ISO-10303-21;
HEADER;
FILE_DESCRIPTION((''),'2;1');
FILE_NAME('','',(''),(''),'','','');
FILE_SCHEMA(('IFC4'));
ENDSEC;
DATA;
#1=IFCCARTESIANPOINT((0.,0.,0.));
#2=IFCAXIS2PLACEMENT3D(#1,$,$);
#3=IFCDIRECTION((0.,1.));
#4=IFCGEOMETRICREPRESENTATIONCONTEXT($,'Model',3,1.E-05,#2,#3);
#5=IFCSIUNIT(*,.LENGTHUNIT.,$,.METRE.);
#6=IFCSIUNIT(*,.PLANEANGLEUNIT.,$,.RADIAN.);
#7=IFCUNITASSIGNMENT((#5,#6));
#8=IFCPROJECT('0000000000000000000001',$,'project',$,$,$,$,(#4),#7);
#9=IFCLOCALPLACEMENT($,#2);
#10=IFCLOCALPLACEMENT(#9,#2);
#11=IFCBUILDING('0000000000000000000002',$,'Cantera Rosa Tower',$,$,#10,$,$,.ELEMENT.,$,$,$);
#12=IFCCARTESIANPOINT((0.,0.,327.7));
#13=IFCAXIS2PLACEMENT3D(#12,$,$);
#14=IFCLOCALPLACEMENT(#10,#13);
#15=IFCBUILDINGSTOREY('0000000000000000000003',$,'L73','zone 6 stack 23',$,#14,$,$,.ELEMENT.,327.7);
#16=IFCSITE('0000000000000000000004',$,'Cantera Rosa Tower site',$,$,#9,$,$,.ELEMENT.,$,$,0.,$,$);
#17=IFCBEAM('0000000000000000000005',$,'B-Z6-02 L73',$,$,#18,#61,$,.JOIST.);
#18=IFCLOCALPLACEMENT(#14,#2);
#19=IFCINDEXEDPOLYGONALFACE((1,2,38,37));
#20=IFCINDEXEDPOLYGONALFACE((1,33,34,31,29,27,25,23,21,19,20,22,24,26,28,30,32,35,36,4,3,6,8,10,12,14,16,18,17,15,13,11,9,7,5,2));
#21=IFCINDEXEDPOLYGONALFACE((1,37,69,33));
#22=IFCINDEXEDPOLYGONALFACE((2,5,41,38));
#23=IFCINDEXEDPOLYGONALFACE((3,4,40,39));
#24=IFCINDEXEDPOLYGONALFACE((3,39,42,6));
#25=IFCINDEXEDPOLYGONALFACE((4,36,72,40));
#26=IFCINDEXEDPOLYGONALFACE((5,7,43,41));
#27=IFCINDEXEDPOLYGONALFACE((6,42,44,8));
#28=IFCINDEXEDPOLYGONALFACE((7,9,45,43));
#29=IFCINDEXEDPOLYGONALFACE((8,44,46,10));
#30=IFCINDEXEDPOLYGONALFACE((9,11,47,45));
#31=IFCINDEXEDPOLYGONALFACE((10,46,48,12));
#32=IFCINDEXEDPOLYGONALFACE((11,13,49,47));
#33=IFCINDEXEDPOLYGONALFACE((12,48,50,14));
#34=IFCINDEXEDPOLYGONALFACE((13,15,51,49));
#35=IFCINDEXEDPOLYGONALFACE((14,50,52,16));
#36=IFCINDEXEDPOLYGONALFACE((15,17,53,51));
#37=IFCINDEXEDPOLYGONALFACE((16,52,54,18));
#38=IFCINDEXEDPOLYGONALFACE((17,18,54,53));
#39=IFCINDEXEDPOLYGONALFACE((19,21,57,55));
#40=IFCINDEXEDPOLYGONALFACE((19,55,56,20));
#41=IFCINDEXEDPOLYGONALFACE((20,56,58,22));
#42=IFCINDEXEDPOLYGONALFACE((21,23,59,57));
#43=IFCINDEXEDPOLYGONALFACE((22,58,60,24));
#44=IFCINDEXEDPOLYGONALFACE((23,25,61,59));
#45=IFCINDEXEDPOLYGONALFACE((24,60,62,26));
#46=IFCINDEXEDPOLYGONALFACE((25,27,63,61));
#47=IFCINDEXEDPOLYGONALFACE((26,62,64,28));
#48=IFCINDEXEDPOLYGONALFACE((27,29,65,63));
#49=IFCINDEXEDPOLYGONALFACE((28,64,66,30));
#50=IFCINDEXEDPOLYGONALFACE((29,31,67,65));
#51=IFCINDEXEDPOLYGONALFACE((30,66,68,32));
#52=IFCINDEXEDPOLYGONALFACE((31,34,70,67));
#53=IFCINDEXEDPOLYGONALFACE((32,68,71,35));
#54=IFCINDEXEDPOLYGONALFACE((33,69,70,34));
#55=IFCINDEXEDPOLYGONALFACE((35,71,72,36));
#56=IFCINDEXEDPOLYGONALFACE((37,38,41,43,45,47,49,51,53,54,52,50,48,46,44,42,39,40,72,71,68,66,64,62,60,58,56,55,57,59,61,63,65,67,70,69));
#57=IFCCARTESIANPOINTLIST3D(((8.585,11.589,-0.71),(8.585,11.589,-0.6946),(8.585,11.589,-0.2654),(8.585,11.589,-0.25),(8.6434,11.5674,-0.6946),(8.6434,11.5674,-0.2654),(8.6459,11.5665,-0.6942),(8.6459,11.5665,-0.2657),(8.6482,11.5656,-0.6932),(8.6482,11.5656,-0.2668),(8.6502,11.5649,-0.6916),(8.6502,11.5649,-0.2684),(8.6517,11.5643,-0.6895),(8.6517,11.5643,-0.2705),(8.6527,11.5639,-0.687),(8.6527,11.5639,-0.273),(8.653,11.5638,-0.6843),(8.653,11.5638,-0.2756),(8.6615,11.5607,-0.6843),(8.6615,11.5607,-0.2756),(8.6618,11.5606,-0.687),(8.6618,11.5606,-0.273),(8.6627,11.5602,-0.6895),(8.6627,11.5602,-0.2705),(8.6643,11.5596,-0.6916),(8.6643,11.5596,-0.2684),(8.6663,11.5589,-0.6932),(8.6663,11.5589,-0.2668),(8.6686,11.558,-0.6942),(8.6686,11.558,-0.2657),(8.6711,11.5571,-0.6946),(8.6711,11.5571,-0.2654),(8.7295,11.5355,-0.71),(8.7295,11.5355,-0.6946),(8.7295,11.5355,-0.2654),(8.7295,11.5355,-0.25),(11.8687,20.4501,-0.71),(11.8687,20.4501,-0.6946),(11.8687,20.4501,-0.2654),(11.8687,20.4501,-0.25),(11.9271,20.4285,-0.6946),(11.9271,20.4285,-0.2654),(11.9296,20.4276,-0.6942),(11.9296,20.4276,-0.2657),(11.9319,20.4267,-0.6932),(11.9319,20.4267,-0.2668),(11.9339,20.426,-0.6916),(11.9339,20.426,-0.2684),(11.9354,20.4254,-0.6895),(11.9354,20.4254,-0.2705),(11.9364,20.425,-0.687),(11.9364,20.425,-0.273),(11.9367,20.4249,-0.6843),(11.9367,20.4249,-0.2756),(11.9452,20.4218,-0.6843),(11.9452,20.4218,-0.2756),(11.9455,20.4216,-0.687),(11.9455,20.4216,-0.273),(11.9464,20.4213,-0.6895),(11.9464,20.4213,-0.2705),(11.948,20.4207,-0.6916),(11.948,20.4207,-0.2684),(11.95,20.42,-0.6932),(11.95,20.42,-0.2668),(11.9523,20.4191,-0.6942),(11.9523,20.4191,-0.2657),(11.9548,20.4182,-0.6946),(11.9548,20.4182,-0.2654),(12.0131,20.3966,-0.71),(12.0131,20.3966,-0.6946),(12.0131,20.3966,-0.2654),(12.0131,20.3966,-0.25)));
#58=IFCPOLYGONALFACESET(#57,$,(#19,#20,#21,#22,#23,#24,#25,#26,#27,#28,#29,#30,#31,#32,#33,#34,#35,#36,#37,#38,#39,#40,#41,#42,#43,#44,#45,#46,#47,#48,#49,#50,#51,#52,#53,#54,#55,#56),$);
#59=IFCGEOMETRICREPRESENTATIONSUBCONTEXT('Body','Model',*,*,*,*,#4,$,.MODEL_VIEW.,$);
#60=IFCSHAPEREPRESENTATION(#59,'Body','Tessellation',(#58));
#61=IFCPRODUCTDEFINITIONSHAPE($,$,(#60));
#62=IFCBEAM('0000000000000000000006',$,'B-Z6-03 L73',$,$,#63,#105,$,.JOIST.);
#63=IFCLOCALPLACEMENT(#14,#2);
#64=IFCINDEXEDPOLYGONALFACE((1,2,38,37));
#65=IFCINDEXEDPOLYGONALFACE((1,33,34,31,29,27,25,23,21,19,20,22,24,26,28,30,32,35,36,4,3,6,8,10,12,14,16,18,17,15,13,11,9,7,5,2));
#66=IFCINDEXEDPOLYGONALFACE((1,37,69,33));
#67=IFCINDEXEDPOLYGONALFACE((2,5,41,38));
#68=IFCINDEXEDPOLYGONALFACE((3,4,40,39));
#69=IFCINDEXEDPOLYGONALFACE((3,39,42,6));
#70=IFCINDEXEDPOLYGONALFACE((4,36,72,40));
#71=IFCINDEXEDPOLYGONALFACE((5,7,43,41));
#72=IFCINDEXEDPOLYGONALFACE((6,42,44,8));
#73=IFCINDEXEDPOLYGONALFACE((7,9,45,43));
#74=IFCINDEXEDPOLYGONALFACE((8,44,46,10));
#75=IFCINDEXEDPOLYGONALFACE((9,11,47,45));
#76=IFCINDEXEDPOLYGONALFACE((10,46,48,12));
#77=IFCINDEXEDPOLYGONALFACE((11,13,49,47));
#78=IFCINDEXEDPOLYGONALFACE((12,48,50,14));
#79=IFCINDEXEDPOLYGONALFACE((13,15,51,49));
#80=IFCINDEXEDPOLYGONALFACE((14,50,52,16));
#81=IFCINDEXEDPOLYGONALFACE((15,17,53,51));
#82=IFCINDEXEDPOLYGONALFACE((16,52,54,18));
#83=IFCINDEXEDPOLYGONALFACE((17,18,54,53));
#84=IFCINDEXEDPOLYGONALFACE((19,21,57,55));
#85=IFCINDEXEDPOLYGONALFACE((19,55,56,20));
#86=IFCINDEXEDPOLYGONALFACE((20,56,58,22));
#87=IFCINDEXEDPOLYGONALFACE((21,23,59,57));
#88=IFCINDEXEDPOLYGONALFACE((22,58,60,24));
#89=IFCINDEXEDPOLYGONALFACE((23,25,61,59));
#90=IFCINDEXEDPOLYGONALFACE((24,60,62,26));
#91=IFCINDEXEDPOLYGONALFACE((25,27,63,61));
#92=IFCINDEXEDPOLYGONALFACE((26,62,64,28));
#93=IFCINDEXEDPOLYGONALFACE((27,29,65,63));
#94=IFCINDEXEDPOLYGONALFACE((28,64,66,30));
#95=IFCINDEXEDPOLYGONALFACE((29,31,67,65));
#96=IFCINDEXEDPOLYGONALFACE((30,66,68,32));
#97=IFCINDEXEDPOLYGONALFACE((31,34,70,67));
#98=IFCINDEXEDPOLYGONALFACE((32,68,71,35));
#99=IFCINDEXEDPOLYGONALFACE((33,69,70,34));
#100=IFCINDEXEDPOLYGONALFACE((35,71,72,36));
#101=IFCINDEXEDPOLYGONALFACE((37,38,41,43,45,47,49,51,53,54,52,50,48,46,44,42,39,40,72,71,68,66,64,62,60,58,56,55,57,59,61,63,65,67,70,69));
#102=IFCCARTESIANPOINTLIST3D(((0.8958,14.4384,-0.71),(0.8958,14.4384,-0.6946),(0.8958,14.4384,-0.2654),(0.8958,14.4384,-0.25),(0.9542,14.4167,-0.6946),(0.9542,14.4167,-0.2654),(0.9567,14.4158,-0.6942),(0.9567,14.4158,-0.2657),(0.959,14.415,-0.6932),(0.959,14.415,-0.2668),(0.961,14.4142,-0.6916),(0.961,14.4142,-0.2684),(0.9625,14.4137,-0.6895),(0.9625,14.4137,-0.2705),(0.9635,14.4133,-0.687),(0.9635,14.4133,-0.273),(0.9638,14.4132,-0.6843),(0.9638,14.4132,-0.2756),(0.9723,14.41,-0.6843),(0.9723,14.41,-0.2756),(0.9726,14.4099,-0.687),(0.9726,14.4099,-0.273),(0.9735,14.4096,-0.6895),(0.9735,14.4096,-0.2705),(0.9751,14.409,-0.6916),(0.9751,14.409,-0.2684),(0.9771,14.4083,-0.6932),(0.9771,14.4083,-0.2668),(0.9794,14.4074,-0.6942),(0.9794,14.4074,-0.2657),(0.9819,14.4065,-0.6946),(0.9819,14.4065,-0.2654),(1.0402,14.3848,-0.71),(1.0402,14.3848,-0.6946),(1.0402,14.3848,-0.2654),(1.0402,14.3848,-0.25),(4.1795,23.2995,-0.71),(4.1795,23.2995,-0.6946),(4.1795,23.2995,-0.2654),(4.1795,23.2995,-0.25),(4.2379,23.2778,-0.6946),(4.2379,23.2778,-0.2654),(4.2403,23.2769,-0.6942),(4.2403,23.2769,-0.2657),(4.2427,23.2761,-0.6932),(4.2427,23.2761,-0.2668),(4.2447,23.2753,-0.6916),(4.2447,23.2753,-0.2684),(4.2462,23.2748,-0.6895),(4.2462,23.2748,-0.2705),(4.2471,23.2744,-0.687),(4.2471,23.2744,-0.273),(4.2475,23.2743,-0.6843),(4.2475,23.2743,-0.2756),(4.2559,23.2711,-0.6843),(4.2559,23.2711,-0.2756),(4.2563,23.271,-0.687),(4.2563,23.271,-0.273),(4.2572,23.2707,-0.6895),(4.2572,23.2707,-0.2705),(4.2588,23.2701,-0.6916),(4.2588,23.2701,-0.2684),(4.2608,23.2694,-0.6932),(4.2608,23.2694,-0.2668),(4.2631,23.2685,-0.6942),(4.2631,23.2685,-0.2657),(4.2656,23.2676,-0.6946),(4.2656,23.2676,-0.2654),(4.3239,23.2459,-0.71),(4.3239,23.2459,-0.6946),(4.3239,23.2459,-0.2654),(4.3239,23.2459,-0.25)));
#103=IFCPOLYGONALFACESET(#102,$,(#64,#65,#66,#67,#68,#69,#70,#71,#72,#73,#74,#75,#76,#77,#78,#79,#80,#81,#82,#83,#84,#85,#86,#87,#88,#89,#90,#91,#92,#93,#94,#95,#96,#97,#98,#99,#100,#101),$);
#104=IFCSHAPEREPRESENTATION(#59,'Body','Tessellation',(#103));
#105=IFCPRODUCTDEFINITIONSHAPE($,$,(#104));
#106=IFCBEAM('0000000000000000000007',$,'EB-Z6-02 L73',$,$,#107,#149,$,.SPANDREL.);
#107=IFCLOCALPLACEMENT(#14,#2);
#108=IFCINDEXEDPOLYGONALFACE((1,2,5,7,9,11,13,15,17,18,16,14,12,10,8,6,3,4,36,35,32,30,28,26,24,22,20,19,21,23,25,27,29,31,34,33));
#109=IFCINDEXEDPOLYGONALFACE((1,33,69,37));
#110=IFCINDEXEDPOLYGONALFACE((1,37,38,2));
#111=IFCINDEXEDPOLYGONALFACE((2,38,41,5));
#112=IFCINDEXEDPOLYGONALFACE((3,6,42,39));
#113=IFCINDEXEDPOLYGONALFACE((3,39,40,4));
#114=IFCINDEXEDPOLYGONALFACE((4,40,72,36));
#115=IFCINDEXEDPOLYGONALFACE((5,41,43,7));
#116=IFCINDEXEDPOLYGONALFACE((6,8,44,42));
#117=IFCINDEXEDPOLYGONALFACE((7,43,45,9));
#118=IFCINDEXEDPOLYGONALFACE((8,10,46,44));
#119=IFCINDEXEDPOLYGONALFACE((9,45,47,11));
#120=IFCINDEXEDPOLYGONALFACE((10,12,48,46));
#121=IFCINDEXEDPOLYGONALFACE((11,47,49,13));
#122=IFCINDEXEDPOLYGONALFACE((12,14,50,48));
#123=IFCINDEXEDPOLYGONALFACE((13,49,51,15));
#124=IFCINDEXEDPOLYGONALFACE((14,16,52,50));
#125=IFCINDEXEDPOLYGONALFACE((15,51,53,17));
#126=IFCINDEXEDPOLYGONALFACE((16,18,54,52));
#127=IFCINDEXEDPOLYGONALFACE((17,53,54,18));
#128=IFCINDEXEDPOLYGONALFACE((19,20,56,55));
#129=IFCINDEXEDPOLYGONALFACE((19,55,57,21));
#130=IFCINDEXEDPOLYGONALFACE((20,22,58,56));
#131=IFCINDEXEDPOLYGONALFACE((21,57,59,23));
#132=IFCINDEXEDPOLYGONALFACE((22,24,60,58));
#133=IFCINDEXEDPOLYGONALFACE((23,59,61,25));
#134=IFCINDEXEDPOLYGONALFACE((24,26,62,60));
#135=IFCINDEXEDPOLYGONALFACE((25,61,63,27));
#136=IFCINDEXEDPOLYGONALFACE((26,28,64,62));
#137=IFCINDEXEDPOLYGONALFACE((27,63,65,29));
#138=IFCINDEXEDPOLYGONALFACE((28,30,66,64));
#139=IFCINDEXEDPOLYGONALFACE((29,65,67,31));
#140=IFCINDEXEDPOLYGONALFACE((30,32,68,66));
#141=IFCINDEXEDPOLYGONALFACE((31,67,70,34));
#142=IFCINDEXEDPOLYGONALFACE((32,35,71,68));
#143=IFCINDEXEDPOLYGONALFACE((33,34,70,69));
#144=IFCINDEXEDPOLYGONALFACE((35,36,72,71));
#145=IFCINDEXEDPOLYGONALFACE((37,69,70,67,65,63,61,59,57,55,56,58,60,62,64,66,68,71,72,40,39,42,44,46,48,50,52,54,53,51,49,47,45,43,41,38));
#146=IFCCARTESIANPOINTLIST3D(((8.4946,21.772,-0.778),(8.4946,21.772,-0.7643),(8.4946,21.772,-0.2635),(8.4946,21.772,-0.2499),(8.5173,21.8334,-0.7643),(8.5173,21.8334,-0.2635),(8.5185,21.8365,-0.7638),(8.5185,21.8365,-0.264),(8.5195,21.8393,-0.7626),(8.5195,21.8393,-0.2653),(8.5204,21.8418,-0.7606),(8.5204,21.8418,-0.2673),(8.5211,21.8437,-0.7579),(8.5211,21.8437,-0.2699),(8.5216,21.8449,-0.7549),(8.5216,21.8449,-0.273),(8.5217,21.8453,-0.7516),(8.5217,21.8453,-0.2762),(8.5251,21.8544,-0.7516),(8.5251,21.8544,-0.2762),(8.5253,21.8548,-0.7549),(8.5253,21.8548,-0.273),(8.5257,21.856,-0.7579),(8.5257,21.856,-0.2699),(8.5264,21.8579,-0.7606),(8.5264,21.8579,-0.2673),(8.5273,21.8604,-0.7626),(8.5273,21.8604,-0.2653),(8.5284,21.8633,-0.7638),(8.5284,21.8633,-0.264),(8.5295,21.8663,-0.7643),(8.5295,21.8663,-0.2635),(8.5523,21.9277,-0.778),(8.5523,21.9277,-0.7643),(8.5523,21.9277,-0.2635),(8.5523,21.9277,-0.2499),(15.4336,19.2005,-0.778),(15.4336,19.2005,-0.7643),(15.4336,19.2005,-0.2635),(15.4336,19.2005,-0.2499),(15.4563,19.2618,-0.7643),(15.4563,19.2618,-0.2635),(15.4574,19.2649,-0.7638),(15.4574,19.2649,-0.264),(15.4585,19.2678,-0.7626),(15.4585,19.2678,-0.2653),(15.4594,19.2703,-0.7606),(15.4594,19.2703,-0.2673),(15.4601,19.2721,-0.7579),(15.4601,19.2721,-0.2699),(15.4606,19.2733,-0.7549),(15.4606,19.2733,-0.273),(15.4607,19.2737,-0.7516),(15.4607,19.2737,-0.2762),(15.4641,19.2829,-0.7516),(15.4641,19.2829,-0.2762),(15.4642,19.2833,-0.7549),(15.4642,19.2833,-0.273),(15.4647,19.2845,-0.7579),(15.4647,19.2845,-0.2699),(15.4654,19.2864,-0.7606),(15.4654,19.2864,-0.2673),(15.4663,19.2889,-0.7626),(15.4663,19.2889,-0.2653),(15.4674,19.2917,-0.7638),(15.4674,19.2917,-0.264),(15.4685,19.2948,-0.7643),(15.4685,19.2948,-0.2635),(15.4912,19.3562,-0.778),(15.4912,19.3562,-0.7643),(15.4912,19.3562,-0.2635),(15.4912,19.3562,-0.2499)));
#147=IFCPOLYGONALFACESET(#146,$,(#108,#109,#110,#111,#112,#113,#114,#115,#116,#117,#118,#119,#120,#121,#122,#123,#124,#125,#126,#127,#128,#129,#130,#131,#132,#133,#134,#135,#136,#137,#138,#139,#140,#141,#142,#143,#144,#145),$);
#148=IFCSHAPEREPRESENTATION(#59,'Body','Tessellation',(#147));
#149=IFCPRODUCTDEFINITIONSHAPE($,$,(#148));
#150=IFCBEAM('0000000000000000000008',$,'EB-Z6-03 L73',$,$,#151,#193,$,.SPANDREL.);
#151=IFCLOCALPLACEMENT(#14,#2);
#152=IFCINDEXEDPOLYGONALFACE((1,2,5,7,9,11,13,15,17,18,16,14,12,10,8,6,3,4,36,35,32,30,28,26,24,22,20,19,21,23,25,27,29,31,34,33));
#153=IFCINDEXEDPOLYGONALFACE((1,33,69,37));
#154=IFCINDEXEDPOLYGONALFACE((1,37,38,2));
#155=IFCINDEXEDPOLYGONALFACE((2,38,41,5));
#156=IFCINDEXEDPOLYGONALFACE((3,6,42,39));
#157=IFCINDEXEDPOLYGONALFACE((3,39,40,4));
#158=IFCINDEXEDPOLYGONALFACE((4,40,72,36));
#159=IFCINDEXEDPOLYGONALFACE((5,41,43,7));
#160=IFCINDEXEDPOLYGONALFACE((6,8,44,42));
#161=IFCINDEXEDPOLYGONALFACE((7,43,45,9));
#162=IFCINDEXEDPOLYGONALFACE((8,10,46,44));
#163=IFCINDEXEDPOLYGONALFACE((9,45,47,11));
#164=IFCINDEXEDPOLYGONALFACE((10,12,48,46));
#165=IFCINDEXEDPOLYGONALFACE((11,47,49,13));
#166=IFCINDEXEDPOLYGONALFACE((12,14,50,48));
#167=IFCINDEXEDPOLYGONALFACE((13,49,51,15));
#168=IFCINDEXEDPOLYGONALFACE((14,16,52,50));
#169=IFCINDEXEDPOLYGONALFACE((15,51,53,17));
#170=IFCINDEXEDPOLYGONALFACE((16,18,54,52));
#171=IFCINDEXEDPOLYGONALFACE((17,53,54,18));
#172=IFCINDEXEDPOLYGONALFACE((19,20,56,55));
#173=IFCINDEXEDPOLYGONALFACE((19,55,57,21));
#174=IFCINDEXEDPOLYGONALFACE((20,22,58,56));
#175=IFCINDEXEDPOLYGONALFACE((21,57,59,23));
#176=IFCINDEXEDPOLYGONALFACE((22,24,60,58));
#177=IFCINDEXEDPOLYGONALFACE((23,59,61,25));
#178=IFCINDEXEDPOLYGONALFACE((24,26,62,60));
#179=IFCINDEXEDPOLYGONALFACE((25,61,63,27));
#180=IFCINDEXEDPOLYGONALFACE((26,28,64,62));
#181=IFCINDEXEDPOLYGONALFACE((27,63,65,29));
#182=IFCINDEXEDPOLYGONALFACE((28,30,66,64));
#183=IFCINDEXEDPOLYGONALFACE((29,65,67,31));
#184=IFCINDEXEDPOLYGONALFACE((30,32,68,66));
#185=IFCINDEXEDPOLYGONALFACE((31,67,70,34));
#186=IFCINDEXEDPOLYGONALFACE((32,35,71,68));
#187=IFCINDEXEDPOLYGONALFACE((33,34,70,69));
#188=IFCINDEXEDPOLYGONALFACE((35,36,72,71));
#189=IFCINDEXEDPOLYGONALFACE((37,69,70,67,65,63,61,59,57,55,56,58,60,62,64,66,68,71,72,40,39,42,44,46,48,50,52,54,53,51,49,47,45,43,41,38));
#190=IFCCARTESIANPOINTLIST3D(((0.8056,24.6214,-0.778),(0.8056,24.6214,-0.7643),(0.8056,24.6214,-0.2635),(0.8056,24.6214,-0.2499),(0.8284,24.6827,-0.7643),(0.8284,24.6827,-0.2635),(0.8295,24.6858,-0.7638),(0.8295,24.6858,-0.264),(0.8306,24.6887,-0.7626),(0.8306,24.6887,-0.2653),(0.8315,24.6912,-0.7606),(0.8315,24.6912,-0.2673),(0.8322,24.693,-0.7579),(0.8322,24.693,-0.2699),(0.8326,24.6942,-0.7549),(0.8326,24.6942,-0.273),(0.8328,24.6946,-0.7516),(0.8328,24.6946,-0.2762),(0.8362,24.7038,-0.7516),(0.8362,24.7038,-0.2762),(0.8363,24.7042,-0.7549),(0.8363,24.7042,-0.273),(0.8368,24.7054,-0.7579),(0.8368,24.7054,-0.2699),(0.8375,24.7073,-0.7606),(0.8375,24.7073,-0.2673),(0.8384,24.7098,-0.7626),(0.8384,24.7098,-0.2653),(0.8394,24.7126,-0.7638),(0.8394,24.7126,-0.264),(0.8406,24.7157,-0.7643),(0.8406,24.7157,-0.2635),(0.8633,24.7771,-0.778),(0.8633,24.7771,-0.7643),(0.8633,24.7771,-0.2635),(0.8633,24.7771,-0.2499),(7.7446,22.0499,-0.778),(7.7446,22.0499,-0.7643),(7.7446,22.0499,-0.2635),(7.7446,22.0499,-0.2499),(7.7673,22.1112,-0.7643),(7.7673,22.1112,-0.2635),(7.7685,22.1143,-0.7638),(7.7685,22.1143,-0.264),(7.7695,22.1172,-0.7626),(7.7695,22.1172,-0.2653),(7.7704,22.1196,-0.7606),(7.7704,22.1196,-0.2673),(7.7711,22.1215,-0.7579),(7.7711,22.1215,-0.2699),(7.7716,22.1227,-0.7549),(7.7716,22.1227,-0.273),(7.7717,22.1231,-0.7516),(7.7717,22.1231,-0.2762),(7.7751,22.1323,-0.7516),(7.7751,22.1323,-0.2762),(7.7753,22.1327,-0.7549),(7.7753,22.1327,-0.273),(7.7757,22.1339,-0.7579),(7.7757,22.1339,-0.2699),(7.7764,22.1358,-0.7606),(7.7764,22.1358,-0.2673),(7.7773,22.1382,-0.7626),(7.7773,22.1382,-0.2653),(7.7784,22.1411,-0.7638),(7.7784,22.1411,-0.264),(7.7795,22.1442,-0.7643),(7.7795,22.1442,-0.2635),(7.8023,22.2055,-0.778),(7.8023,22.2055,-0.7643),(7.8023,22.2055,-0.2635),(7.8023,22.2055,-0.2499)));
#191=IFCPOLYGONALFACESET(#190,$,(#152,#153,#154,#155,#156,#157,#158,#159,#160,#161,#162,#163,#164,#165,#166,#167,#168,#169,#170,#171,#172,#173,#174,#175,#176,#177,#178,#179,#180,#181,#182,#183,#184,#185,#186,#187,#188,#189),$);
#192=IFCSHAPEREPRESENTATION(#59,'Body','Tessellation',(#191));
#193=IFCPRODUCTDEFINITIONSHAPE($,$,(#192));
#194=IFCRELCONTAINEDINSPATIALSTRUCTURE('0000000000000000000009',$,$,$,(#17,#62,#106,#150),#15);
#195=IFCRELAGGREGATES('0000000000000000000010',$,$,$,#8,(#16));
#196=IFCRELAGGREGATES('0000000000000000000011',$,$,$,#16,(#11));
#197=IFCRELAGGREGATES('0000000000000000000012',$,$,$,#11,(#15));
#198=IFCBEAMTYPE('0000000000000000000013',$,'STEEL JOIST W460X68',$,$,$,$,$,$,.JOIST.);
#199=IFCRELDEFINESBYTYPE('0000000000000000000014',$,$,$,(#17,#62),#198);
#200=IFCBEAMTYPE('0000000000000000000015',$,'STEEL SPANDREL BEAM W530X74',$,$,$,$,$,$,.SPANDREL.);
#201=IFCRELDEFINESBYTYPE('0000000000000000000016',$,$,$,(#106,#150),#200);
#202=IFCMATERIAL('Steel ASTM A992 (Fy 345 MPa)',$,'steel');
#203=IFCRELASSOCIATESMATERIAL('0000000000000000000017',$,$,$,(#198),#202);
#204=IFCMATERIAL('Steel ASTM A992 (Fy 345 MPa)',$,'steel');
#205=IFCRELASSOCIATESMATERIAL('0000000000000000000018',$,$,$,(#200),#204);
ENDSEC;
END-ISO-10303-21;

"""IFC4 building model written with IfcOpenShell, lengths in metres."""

from ifc_helpers import new_model, si_unit, direction, frame, origin, origin_2d, place, context, subcontext, project, spatial, i_section, extrude, material, material_profile, profile_set, type_object, element, save


model = new_model("IFC4")

# Units and contexts
model_context = context("Model", 3, precision=1e-05, world=origin(), true_north=direction((0.0, 1.0)))
body_context = subcontext(model_context, "Body", "Model", "MODEL_VIEW")
ifc_project = project(units=[si_unit("LENGTHUNIT", "METRE"), si_unit("PLANEANGLEUNIT", "RADIAN")], contexts=[model_context])

# Site, building, storey
site_placement = place(None, origin())
site = spatial("IfcSite", under=ifc_project, at=site_placement, Name="Cantera Rosa Tower site", CompositionType="ELEMENT", RefElevation=0.0)
building_placement = place(site_placement, origin())
building = spatial("IfcBuilding", under=site, at=building_placement, Name="Cantera Rosa Tower", CompositionType="ELEMENT")
storey_placement = place(building_placement, frame((0.0, 0.0, 327.7)))
storey = spatial("IfcBuildingStorey", under=building, at=storey_placement, Name="L73", Description="zone 6 stack 23", CompositionType="ELEMENT", Elevation=327.7)

# Beams
ifc_material_1 = material(Name="Steel ASTM A992 (Fy 345 MPa)", Category="steel")
ifc_material_profile_1 = material_profile(ifc_material_1, i_section(OverallWidth=0.1541, OverallDepth=0.46, WebThickness=0.009, FlangeThickness=0.0154, FilletRadius=0.0103, at=origin_2d()), Name="W460X68")
ifc_profile_set_1 = profile_set([ifc_material_profile_1], Name="Steel ASTM A992 (Fy 345 MPa)")
beam_type_1 = type_object("IfcBeamType", Name="STEEL JOIST W460X68", PredefinedType="JOIST", material=ifc_profile_set_1)
for number, where, z_axis, x_axis, name in (
    (1, (11.9409, 20.4233, -0.48), (-0.347483, -0.937686, 0.0), (0.937686, -0.347483, 0.0), "B-Z6-02 L73"),
    (2, (4.2517, 23.2727, -0.48), (-0.347483, -0.937686, 0.0), (0.937686, -0.347483, 0.0), "B-Z6-03 L73"),
):
    element("IfcBeam", number, at=place(storey_placement, frame(where, z_axis=z_axis, x_axis=x_axis)), inside=storey, type_object=beam_type_1, Name=name, PredefinedType="JOIST", context=body_context, shape_type="SweptSolid", body=[
        extrude(i_section(OverallWidth=0.1541, OverallDepth=0.46, WebThickness=0.009, FlangeThickness=0.0154, FilletRadius=0.0103, at=origin_2d()), origin(), (0.0, 0.0, 1.0), 9.45),
    ])
ifc_material_2 = material(Name="Steel ASTM A992 (Fy 345 MPa)", Category="steel")
ifc_material_profile_2 = material_profile(ifc_material_2, i_section(OverallWidth=0.166, OverallDepth=0.5281, WebThickness=0.0098, FlangeThickness=0.0137, FilletRadius=0.0127, at=origin_2d()), Name="W530X74")
ifc_profile_set_2 = profile_set([ifc_material_profile_2], Name="Steel ASTM A992 (Fy 345 MPa)")
beam_type_2 = type_object("IfcBeamType", Name="STEEL SPANDREL BEAM W530X74", PredefinedType="SPANDREL", material=ifc_profile_set_2)
for number, where, z_axis, x_axis, name in (
    (3, (15.4624, 19.2783, -0.5139), (-0.937681, 0.347498, 0.0), (-0.347498, -0.937681, 0.0), "EB-Z6-02 L73"),
    (4, (7.7734, 22.1277, -0.5139), (-0.937681, 0.347498, 0.0), (-0.347498, -0.937681, 0.0), "EB-Z6-03 L73"),
):
    element("IfcBeam", number, at=place(storey_placement, frame(where, z_axis=z_axis, x_axis=x_axis)), inside=storey, type_object=beam_type_2, Name=name, PredefinedType="SPANDREL", context=body_context, shape_type="SweptSolid", body=[
        extrude(i_section(OverallWidth=0.166, OverallDepth=0.5281, WebThickness=0.0098, FlangeThickness=0.0137, FilletRadius=0.0127, at=origin_2d()), origin(), (0.0, 0.0, 1.0), 7.4001),
    ])

save(model, "model.ifc")
